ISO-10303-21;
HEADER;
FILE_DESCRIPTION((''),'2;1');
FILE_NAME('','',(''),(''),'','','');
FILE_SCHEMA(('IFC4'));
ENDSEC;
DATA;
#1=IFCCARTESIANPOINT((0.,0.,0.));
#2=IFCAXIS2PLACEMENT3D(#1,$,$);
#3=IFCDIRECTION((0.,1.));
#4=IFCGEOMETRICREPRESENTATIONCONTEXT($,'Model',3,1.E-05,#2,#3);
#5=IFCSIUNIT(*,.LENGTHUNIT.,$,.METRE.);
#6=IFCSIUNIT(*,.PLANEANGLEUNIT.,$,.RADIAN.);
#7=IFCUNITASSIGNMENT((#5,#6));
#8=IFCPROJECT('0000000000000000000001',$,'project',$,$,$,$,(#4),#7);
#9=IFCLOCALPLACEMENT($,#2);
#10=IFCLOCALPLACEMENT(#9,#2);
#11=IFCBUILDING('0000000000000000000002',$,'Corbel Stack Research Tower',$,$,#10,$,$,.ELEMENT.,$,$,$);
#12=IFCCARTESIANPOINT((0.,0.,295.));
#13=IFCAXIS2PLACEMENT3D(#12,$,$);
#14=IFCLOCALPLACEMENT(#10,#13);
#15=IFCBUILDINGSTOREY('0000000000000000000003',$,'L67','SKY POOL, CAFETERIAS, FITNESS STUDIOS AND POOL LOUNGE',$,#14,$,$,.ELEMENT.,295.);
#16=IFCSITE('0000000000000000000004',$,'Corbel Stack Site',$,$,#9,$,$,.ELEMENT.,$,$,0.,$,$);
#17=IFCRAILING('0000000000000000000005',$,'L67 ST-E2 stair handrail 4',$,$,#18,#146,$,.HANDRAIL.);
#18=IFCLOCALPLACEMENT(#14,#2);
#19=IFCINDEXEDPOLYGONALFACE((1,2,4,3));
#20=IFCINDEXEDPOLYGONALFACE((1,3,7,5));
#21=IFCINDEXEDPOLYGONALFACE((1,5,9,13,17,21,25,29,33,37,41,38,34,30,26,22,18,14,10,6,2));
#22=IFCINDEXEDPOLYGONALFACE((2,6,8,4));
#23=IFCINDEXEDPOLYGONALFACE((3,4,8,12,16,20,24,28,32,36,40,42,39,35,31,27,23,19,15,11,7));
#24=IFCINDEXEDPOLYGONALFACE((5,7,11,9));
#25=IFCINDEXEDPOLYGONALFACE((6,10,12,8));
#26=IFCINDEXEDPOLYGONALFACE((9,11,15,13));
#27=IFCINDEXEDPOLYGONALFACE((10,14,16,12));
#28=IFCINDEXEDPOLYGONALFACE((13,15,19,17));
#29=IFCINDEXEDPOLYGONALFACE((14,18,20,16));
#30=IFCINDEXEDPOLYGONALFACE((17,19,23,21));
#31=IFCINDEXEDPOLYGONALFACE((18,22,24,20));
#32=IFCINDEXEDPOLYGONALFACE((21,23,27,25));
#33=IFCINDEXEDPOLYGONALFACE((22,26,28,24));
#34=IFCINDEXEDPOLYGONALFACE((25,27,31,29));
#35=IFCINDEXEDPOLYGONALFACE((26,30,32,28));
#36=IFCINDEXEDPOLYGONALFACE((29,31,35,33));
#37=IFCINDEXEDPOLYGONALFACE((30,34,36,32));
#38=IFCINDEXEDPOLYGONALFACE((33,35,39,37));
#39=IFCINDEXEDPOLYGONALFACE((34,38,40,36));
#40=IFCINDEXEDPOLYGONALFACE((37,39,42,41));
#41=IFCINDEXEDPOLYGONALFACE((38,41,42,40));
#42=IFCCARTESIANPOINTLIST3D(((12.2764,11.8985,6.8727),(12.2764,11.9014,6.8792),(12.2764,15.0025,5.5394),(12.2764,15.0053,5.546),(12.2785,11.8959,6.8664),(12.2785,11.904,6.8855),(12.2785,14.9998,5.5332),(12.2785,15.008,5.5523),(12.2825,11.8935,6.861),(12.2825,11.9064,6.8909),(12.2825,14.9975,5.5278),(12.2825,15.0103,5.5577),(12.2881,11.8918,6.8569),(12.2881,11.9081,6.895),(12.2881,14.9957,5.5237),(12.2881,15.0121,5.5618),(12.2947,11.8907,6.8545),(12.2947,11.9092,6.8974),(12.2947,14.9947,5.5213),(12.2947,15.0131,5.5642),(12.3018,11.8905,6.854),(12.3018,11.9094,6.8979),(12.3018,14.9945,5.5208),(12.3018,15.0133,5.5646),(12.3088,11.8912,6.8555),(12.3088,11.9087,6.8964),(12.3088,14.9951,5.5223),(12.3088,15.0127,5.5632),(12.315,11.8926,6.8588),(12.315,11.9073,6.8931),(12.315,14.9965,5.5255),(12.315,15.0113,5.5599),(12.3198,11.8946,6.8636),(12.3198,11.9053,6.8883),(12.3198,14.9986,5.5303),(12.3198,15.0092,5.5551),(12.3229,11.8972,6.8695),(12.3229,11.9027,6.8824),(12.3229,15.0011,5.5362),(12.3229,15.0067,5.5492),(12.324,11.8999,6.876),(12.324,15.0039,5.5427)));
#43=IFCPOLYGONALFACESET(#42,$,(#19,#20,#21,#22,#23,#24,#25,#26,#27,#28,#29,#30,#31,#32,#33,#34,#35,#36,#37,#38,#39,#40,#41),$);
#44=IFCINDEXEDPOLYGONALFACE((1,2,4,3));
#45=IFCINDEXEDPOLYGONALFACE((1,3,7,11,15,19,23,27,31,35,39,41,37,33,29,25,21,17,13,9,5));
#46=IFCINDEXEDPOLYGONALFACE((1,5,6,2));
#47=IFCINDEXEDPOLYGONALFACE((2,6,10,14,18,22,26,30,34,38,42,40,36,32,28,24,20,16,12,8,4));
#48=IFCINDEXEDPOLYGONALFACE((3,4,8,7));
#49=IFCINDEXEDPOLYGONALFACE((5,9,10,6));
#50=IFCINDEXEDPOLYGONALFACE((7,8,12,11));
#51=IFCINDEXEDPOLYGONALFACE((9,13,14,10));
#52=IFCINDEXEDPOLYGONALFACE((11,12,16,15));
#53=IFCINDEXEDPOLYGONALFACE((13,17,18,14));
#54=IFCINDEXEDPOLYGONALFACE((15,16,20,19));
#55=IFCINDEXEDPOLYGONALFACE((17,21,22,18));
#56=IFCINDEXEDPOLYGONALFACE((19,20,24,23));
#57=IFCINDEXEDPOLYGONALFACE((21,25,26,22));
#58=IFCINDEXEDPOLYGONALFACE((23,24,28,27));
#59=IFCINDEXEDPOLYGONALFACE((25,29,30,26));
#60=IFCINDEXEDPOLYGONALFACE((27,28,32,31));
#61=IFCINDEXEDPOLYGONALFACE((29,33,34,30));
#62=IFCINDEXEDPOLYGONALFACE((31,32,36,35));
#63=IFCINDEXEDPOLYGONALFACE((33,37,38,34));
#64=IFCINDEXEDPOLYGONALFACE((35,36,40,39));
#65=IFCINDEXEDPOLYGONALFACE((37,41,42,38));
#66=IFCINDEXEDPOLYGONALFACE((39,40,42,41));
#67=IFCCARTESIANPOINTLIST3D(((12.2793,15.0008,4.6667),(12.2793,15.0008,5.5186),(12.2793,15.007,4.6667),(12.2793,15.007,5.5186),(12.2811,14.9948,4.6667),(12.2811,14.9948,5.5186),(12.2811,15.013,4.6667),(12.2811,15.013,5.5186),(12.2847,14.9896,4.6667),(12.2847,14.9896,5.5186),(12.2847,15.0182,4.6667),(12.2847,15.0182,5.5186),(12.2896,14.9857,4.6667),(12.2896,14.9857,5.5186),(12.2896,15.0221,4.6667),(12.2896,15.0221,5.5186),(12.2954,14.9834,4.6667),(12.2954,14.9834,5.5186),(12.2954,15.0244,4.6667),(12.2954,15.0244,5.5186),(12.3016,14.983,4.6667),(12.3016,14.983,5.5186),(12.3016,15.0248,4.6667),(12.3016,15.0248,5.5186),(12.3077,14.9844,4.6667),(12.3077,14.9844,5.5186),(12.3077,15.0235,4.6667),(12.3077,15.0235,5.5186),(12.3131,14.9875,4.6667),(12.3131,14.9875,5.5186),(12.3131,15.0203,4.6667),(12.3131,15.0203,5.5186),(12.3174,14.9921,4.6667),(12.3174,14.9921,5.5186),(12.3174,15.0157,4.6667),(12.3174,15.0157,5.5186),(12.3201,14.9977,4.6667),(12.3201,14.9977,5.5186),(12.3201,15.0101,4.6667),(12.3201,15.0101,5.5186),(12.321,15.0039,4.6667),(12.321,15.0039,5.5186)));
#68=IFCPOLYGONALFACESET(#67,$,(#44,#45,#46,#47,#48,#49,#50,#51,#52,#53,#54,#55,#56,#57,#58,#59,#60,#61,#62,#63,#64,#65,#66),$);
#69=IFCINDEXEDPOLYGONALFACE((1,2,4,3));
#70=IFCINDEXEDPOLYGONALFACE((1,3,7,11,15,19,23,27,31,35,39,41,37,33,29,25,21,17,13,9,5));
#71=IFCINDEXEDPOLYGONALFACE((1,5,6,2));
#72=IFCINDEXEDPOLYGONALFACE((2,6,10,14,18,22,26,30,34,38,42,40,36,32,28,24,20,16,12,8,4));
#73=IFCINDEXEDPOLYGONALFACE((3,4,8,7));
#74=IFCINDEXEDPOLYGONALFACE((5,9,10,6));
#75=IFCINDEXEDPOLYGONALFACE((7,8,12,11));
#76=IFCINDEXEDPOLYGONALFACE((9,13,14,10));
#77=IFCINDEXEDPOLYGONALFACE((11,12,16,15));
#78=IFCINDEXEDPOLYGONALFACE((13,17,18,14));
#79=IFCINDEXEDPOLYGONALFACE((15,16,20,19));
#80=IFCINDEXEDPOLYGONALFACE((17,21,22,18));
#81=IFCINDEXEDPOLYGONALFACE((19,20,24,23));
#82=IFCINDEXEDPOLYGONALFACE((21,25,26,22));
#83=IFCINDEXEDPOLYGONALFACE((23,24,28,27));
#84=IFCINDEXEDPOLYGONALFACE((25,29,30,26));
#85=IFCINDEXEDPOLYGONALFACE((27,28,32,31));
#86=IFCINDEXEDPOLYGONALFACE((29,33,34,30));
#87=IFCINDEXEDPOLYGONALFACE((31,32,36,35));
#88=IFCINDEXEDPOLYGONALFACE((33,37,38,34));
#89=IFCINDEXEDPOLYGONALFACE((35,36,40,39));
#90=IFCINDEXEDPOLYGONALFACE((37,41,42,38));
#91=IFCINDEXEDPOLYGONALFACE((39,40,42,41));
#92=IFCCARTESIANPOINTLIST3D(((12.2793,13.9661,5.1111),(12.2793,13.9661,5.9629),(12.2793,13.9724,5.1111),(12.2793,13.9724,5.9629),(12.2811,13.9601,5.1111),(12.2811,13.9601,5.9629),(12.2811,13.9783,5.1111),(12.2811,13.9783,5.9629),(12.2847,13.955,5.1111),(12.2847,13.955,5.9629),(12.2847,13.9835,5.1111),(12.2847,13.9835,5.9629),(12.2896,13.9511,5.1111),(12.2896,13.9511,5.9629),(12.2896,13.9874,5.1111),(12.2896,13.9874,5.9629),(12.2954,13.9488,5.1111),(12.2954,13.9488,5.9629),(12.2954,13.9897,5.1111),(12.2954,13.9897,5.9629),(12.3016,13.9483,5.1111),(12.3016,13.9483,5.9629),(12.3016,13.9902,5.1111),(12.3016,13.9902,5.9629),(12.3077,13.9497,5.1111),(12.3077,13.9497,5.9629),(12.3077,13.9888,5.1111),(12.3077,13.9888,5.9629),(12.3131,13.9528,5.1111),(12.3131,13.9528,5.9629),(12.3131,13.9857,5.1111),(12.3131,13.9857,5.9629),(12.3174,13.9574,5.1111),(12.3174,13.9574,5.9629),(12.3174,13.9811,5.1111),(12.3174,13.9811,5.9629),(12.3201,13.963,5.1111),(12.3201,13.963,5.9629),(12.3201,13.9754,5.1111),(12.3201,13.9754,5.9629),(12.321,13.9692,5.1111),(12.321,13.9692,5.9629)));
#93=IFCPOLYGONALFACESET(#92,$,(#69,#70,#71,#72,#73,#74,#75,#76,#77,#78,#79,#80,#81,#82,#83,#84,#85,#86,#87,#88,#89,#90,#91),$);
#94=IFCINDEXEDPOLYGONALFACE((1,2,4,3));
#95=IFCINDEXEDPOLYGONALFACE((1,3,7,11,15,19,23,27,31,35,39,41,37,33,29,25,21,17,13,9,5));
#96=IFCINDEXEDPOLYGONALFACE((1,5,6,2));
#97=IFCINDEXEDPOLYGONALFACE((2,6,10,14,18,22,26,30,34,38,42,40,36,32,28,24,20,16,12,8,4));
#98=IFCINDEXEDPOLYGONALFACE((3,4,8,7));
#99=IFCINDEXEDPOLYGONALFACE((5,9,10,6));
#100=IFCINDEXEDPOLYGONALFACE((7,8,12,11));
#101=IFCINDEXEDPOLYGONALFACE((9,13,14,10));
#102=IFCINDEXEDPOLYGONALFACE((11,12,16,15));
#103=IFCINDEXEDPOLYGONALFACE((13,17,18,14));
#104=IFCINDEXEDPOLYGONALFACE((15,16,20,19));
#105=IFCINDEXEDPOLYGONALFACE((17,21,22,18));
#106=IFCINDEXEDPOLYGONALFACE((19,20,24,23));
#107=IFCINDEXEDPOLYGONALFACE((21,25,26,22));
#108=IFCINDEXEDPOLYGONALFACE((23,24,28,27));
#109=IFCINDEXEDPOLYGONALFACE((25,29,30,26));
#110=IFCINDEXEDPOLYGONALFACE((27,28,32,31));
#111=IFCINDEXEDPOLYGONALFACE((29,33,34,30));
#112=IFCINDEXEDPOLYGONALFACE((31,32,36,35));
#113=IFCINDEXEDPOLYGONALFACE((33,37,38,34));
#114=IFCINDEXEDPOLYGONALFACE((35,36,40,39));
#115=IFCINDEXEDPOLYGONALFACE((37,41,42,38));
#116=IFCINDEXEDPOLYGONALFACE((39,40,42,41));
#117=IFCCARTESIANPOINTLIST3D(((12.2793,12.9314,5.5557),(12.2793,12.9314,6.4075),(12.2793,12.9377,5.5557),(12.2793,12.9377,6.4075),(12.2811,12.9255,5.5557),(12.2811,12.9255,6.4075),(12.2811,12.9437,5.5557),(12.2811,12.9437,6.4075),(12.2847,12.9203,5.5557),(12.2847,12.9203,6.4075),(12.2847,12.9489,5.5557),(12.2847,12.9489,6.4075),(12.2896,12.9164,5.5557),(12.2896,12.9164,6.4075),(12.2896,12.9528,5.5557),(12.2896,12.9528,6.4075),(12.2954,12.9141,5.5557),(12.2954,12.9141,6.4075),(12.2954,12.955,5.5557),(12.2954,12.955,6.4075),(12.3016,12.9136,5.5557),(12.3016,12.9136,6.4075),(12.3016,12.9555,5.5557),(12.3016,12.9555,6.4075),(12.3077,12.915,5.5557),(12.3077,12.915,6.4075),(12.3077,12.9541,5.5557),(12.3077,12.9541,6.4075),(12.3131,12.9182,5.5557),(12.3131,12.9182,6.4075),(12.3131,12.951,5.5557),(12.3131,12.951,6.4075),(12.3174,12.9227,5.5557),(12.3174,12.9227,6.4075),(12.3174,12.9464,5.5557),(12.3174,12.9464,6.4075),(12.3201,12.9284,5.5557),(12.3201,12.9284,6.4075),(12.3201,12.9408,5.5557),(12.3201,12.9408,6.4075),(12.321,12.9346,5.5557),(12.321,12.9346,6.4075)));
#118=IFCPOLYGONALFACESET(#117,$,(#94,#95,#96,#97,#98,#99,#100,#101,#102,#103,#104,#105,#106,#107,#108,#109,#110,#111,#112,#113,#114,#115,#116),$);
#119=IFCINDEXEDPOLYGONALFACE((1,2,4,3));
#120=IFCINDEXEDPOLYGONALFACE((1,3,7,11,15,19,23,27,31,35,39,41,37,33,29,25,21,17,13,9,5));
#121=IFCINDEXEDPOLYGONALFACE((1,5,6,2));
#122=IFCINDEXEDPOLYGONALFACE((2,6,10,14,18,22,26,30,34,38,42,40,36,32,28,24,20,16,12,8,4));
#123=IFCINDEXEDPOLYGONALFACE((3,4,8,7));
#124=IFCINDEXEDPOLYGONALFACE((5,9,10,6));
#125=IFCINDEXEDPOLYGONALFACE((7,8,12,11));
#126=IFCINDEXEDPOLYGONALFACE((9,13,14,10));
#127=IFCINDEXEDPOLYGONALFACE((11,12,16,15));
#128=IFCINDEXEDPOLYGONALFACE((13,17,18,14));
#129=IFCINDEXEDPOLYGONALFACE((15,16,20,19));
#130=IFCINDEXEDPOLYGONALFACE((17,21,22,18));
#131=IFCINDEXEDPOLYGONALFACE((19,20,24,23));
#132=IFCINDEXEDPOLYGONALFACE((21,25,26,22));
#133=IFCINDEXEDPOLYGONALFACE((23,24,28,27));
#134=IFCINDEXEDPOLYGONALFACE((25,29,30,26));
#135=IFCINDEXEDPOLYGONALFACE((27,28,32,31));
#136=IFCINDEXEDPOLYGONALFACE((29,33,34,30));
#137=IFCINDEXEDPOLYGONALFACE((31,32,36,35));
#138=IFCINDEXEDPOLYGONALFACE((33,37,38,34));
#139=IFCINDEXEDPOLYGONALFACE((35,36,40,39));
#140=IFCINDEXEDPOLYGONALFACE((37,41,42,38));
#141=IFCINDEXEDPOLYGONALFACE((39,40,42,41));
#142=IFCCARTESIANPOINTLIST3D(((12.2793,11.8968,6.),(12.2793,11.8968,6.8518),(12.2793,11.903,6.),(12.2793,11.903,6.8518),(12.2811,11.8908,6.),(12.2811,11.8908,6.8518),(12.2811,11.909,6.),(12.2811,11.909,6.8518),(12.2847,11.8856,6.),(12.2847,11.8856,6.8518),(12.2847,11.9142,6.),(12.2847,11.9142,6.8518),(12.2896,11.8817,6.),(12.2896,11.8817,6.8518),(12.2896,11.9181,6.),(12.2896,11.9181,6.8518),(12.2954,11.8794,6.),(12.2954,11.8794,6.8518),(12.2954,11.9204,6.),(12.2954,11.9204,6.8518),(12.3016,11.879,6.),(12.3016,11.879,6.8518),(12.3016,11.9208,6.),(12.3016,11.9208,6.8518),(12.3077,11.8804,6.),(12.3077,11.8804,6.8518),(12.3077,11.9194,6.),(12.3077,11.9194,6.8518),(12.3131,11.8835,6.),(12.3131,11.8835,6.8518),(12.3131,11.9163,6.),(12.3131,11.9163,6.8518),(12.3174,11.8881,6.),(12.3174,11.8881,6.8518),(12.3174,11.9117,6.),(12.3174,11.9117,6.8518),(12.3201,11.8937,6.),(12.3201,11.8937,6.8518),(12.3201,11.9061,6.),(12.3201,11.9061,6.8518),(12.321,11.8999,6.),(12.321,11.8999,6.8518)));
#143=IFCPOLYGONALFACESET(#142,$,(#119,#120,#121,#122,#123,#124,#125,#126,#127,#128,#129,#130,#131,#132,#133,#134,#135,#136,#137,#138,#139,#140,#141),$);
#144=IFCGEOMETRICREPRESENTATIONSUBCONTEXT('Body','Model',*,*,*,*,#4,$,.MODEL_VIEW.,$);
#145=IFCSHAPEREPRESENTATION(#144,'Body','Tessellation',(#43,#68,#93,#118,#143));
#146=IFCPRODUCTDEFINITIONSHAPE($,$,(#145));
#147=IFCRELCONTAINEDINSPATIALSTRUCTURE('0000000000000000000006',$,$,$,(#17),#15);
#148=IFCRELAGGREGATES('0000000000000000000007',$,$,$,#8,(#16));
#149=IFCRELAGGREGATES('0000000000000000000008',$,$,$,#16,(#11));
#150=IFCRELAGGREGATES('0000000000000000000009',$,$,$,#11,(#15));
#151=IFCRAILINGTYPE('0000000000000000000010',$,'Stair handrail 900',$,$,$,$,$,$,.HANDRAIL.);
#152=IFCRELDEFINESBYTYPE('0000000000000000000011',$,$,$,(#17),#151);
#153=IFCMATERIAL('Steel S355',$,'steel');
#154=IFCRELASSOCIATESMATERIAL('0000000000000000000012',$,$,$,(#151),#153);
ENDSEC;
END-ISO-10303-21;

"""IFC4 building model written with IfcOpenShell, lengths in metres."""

from ifc_helpers import new_model, si_unit, direction, frame, origin, origin_2d, place, context, subcontext, project, spatial, circle, extrude, material, type_object, element, save


model = new_model("IFC4")

# Units and contexts
model_context = context("Model", 3, precision=1e-05, world=origin(), true_north=direction((0.0, 1.0)))
body_context = subcontext(model_context, "Body", "Model", "MODEL_VIEW")
ifc_project = project(units=[si_unit("LENGTHUNIT", "METRE"), si_unit("PLANEANGLEUNIT", "RADIAN")], contexts=[model_context])

# Site, building, storey
site_placement = place(None, origin())
site = spatial("IfcSite", under=ifc_project, at=site_placement, Name="Corbel Stack Site", CompositionType="ELEMENT", RefElevation=0.0)
building_placement = place(site_placement, origin())
building = spatial("IfcBuilding", under=site, at=building_placement, Name="Corbel Stack Research Tower", CompositionType="ELEMENT")
storey_placement = place(building_placement, frame((0.0, 0.0, 295.0)))
storey = spatial("IfcBuildingStorey", under=building, at=storey_placement, Name="L67", Description="SKY POOL, CAFETERIAS, FITNESS STUDIOS AND POOL LOUNGE", CompositionType="ELEMENT", Elevation=295.0)

# Railing
ifc_material_1 = material(Name="Steel S355", Category="steel")
railing_type = type_object("IfcRailingType", Name="Stair handrail 900", PredefinedType="HANDRAIL", material=ifc_material_1)
for number, where, name in (
    (1, (12.3, 15.0039, 4.6667), "L67 ST-E2 stair handrail 4"),
):
    element("IfcRailing", number, at=place(storey_placement, frame(where)), inside=storey, type_object=railing_type, Name=name, PredefinedType="HANDRAIL", context=body_context, shape_type="SweptSolid", body=[
        extrude(circle(Radius=0.0239, at=origin_2d()), frame((0.0, 0.0, 0.876), z_axis=(0.0, -0.918827, 0.394661), x_axis=(1.0, 0.0, 0.0)), (0.0, 0.0, 1.0), 3.3782),
        extrude(circle(Radius=0.021, at=origin_2d()), origin(), (0.0, 0.0, 1.0), 0.8518),
        extrude(circle(Radius=0.021, at=origin_2d()), frame((0.0, -1.0347, 0.4443)), (0.0, 0.0, 1.0), 0.8518),
        extrude(circle(Radius=0.021, at=origin_2d()), frame((0.0, -2.0693, 0.8889)), (0.0, 0.0, 1.0), 0.8518),
        extrude(circle(Radius=0.021, at=origin_2d()), frame((0.0, -3.104, 1.3333)), (0.0, 0.0, 1.0), 0.8518),
    ])

save(model, "model.ifc")
